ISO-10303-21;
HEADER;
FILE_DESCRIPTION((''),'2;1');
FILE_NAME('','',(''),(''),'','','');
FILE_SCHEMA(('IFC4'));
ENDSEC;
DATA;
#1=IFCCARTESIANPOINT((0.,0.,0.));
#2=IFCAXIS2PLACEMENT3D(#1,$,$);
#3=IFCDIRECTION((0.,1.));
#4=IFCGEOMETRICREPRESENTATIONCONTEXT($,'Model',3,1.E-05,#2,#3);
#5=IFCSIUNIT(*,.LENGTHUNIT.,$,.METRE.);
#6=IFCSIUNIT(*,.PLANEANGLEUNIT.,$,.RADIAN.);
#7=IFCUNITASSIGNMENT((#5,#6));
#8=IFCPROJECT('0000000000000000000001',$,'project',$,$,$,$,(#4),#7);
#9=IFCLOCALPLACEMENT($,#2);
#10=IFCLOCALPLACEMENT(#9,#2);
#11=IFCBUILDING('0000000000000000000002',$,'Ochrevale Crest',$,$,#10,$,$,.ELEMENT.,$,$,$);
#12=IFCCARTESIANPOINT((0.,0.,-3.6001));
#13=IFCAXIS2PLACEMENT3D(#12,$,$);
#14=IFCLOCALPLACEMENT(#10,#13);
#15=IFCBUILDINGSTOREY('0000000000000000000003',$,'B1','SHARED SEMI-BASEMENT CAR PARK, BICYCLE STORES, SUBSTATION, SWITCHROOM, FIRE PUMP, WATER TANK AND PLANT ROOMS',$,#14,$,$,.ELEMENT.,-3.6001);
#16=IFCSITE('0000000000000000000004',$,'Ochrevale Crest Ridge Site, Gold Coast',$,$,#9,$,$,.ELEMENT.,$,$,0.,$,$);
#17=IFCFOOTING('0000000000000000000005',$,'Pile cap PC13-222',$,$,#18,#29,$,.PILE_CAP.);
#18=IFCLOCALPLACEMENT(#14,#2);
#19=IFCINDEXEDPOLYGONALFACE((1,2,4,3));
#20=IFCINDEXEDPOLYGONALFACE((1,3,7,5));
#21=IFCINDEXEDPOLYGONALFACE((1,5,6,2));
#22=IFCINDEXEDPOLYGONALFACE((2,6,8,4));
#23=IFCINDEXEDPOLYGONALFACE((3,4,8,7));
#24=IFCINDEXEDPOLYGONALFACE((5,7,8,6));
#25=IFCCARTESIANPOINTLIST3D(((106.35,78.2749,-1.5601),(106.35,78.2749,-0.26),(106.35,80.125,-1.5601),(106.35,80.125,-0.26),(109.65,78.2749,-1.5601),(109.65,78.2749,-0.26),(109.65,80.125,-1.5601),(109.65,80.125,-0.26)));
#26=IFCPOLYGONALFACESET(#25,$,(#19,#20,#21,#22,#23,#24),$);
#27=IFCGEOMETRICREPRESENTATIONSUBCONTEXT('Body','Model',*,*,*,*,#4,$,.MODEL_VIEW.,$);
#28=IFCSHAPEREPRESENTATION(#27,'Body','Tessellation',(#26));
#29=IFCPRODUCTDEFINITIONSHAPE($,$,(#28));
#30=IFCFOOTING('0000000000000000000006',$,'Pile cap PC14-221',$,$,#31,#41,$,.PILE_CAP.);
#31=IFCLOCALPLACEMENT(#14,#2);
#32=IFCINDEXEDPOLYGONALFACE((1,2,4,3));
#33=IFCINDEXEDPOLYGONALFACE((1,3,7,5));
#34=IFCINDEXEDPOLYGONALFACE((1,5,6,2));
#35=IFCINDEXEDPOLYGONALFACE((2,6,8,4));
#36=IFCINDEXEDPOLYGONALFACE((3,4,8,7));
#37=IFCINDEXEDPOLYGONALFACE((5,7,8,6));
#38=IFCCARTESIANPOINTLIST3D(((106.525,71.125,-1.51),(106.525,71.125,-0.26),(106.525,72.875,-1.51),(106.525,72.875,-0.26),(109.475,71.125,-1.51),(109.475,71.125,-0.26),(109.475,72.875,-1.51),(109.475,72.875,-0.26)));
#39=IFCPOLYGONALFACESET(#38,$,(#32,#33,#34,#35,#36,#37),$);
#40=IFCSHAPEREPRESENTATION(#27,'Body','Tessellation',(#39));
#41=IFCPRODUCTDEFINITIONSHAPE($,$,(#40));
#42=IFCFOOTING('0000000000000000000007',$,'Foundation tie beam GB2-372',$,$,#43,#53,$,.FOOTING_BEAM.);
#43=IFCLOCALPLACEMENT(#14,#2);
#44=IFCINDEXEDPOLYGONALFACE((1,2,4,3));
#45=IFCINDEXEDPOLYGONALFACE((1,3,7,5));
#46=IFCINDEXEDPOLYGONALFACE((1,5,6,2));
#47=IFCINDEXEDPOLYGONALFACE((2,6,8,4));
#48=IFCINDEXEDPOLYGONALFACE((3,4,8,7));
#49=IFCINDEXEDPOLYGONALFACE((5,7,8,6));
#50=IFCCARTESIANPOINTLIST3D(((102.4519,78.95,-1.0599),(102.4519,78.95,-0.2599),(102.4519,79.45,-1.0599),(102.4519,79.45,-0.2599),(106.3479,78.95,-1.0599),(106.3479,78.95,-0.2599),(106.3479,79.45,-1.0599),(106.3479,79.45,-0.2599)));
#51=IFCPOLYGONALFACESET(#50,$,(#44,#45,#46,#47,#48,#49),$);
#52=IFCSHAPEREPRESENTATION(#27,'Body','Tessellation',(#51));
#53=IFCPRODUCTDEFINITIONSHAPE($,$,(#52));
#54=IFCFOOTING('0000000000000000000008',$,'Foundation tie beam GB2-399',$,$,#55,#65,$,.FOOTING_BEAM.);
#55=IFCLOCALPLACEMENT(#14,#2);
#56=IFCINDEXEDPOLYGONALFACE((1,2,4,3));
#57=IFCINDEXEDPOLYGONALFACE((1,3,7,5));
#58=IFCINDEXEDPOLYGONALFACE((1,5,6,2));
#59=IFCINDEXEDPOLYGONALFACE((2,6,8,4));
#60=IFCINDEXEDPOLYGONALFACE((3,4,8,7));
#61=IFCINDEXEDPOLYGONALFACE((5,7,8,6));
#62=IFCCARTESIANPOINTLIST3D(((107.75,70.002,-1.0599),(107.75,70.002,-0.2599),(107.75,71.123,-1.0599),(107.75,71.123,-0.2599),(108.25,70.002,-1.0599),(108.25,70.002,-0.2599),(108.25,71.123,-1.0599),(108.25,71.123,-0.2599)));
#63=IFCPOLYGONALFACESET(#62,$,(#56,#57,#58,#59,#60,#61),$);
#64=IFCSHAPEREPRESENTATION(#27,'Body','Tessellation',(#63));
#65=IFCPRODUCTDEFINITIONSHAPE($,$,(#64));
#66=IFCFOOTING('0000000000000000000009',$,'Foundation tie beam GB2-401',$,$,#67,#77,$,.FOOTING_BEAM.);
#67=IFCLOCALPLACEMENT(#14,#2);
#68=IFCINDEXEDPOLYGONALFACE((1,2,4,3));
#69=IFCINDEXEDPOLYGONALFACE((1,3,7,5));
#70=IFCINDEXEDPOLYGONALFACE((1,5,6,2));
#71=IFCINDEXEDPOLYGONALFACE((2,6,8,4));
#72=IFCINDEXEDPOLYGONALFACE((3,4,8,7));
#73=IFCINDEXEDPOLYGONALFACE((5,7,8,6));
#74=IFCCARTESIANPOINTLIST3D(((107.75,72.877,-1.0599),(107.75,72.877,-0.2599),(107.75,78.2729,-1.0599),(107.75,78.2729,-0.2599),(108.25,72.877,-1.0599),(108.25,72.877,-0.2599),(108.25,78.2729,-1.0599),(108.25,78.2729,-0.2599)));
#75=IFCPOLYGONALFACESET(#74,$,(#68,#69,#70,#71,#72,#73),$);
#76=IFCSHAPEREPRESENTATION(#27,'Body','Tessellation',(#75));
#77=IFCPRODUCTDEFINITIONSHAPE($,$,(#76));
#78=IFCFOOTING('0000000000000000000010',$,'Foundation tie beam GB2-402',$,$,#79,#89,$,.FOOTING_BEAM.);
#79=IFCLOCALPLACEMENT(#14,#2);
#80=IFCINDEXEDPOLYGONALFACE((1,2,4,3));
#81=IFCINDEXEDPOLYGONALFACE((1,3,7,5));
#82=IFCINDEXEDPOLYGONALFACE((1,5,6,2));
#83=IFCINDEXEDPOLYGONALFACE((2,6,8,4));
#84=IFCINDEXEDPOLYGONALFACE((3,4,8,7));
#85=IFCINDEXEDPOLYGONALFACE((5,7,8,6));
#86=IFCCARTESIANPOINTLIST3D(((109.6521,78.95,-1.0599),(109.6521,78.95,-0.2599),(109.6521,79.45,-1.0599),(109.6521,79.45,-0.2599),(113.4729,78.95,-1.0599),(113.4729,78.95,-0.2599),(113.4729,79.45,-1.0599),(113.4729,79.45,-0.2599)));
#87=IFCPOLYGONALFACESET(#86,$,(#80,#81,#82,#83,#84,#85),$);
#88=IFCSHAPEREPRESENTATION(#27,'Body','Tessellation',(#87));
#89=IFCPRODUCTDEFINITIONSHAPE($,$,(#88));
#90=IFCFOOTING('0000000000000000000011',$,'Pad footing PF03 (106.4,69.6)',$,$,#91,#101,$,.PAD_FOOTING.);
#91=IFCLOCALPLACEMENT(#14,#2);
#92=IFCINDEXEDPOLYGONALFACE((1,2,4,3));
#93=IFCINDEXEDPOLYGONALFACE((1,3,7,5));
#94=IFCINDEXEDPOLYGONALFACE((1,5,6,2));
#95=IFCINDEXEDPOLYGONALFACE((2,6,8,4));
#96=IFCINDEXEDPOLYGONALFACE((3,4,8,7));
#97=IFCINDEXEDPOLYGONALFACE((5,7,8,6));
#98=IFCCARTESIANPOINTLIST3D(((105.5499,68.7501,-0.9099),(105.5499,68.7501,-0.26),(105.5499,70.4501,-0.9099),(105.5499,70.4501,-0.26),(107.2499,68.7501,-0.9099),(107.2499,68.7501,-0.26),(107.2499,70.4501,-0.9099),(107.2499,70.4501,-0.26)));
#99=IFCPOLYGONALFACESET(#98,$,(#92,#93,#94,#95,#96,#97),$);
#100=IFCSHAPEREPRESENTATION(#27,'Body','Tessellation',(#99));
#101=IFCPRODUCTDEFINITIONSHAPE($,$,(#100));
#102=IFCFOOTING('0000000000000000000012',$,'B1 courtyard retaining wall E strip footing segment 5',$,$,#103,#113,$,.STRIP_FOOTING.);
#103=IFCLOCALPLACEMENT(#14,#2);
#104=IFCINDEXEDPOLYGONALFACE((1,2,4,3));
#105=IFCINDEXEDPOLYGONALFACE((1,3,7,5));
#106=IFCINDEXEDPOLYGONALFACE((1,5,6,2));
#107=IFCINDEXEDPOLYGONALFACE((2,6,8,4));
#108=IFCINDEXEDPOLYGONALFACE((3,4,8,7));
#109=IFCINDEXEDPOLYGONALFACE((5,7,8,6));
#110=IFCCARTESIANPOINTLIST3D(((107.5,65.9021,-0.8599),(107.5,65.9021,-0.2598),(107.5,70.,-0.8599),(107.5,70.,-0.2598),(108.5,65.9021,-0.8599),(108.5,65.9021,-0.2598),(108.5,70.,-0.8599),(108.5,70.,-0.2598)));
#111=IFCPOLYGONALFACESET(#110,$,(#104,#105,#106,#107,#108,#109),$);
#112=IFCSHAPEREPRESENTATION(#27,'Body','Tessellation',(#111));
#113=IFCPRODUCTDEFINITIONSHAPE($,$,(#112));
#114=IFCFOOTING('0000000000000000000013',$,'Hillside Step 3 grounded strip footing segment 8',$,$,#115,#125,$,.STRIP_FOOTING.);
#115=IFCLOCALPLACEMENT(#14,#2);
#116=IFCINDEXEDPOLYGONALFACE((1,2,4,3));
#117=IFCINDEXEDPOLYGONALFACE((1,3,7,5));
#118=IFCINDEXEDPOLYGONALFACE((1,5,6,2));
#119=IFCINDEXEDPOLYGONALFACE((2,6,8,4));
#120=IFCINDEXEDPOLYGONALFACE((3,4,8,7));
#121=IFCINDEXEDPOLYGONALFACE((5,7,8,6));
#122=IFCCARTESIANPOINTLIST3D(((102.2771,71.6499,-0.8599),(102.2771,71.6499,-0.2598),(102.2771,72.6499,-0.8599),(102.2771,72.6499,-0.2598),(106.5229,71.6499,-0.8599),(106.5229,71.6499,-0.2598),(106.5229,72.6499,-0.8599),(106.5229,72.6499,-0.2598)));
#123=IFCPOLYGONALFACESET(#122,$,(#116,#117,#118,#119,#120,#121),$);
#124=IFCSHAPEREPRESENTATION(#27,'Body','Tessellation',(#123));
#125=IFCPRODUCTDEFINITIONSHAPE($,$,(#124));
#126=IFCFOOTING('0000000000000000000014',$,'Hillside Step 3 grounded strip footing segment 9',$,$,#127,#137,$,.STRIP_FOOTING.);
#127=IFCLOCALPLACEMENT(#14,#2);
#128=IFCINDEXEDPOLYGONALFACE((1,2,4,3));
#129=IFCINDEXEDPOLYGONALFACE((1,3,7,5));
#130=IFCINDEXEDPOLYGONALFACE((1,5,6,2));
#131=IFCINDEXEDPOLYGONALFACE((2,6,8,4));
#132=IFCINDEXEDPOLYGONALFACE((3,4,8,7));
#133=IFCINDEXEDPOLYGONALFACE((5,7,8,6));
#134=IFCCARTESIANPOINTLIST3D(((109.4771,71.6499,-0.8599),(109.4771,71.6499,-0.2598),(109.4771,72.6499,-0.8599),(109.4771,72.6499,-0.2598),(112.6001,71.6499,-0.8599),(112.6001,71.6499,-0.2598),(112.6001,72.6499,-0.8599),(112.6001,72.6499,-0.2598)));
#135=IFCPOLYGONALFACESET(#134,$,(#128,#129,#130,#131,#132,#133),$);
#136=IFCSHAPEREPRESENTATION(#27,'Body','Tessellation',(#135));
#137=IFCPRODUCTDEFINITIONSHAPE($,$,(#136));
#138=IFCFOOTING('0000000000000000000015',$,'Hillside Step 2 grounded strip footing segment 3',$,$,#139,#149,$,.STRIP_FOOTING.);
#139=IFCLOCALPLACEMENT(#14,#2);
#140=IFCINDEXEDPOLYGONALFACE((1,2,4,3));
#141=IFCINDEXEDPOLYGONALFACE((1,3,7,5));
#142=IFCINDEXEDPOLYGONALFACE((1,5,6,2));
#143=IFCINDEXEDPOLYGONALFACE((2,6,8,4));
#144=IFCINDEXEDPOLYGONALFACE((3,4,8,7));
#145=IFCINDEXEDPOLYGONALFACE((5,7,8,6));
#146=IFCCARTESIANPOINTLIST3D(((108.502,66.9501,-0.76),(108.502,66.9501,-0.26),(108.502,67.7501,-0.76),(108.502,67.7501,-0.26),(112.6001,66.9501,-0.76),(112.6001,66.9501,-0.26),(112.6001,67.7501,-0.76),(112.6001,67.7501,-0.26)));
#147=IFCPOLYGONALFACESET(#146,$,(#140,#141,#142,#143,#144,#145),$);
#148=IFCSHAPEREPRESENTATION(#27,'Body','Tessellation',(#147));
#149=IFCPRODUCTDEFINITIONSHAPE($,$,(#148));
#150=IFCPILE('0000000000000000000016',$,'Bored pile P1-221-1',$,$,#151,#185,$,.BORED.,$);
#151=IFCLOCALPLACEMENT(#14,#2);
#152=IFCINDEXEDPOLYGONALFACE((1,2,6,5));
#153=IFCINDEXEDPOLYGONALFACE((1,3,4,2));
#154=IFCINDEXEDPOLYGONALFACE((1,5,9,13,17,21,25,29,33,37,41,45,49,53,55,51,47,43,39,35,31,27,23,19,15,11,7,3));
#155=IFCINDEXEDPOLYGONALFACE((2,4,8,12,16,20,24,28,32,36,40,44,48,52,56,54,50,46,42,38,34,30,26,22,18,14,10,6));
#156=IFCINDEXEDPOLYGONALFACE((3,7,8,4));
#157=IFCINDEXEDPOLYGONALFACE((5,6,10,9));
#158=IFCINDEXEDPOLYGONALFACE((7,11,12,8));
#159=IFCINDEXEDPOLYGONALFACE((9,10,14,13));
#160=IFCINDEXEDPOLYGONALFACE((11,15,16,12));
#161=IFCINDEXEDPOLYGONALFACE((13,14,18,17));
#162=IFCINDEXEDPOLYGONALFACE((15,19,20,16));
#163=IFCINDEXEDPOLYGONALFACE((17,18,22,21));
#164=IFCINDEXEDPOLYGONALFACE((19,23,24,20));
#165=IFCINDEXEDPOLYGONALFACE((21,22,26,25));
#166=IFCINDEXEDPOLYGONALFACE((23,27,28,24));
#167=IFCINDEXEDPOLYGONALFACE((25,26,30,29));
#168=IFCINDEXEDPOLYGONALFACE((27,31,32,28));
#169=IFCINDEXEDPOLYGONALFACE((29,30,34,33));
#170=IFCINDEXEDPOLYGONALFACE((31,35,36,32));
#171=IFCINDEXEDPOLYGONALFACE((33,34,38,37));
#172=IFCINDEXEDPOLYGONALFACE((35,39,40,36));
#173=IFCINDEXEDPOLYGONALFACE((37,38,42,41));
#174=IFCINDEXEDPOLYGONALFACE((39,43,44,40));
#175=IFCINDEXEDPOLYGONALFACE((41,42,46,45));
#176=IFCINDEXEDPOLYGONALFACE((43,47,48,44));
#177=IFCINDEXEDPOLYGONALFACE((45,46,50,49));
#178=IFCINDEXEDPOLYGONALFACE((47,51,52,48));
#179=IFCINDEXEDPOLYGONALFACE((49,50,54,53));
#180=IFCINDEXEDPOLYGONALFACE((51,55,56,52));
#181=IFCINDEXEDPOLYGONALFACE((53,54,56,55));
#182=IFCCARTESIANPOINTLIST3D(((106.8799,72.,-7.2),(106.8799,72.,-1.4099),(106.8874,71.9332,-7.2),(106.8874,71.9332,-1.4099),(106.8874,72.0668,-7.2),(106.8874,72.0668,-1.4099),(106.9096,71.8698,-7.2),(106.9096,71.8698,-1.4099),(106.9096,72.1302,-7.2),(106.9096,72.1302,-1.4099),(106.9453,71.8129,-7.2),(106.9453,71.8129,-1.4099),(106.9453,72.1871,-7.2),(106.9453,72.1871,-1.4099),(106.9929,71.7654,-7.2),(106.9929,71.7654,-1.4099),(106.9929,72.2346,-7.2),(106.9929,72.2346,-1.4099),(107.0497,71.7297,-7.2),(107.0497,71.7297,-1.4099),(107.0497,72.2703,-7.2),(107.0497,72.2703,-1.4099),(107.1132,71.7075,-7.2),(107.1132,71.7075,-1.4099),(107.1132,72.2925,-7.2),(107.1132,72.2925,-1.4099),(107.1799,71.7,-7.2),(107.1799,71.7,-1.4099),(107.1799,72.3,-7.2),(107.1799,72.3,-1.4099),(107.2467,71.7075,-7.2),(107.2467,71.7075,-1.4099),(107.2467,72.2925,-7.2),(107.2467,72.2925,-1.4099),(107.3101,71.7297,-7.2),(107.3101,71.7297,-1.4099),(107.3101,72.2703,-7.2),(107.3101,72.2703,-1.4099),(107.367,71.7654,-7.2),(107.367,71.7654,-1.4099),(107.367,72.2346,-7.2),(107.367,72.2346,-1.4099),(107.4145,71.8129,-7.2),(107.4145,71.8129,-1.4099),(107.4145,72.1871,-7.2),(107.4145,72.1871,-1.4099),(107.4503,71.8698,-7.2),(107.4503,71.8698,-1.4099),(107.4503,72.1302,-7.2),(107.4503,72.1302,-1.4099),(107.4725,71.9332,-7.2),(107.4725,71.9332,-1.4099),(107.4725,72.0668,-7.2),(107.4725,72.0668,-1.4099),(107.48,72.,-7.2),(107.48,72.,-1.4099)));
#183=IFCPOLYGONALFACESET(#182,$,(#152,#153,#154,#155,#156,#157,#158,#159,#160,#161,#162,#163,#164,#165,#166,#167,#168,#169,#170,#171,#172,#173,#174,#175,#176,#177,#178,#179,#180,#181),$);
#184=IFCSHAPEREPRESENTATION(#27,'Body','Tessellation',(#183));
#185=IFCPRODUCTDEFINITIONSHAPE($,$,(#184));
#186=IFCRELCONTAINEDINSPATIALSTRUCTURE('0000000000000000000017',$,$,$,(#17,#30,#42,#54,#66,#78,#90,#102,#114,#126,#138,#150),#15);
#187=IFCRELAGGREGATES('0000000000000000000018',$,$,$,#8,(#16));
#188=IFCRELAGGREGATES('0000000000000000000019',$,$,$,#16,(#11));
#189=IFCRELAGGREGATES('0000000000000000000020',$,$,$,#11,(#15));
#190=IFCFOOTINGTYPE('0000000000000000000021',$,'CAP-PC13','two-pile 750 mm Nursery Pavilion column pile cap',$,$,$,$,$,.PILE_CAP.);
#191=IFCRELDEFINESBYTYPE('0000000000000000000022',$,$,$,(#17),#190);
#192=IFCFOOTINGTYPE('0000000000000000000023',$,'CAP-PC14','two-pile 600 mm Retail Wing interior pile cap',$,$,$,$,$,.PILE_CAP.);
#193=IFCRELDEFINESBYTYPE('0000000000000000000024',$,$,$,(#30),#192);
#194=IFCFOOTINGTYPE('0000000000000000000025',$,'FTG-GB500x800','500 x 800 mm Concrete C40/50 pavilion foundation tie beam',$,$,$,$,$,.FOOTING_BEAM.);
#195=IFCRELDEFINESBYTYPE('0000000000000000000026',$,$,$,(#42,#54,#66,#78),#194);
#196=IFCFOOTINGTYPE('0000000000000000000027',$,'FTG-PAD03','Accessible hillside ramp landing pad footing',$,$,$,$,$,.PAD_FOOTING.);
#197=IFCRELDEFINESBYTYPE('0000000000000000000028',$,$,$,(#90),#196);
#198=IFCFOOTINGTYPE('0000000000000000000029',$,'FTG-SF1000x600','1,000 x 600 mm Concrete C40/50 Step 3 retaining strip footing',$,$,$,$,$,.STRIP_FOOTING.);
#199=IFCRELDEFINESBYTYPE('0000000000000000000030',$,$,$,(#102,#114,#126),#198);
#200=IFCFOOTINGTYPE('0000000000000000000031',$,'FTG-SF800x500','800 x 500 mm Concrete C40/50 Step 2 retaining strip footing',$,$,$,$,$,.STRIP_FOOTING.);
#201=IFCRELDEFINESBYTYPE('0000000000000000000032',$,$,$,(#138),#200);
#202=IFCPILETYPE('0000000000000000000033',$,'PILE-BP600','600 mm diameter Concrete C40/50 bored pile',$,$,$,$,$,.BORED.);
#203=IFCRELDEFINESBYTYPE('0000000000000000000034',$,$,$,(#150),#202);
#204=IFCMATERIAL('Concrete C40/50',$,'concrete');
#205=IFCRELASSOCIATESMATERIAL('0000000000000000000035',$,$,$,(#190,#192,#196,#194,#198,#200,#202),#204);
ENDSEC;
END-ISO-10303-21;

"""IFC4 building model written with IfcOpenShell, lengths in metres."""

from ifc_helpers import new_model, si_unit, direction, frame, origin, origin_2d, place, context, subcontext, project, spatial, rectangle, circle, extrude, material, material_profile, profile_set, type_object, element, save


model = new_model("IFC4")

# Units and contexts
model_context = context("Model", 3, precision=1e-05, world=origin(), true_north=direction((0.0, 1.0)))
body_context = subcontext(model_context, "Body", "Model", "MODEL_VIEW")
ifc_project = project(units=[si_unit("LENGTHUNIT", "METRE"), si_unit("PLANEANGLEUNIT", "RADIAN")], contexts=[model_context])

# Site, building, storey
site_placement = place(None, origin())
site = spatial("IfcSite", under=ifc_project, at=site_placement, Name="Ochrevale Crest Ridge Site, Gold Coast", CompositionType="ELEMENT", RefElevation=0.0)
building_placement = place(site_placement, origin())
building = spatial("IfcBuilding", under=site, at=building_placement, Name="Ochrevale Crest", CompositionType="ELEMENT")
storey_placement = place(building_placement, frame((0.0, 0.0, -3.6001)))
storey = spatial("IfcBuildingStorey", under=building, at=storey_placement, Name="B1", Description="SHARED SEMI-BASEMENT CAR PARK, BICYCLE STORES, SUBSTATION, SWITCHROOM, FIRE PUMP, WATER TANK AND PLANT ROOMS", CompositionType="ELEMENT", Elevation=-3.6001)

# Footings
ifc_material_1 = material(Name="Concrete C40/50", Category="concrete")
footing_type_1 = type_object("IfcFootingType", Name="CAP-PC13", Description="two-pile 750 mm Nursery Pavilion column pile cap", PredefinedType="PILE_CAP", material=ifc_material_1)
footing_1_placement = place(storey_placement, frame((108.0, 79.2, -1.5601), z_axis=(0.0, 0.0, 1.0), x_axis=(1.0, 0.0, 0.0)))
element("IfcFooting", 1, at=footing_1_placement, inside=storey, type_object=footing_type_1, Name="Pile cap PC13-222", PredefinedType="PILE_CAP", context=body_context, shape_type="SweptSolid", body=[
    extrude(rectangle(XDim=3.3, YDim=1.8501, at=origin_2d()), origin(), (0.0, 0.0, 1.0), 1.3),
])
footing_type_2 = type_object("IfcFootingType", Name="CAP-PC14", Description="two-pile 600 mm Retail Wing interior pile cap", PredefinedType="PILE_CAP", material=ifc_material_1)
footing_2_placement = place(storey_placement, frame((108.0, 72.0, -1.51), z_axis=(0.0, 0.0, 1.0), x_axis=(1.0, 0.0, 0.0)))
element("IfcFooting", 2, at=footing_2_placement, inside=storey, type_object=footing_type_2, Name="Pile cap PC14-221", PredefinedType="PILE_CAP", context=body_context, shape_type="SweptSolid", body=[
    extrude(rectangle(XDim=2.95, YDim=1.75, at=origin_2d()), origin(), (0.0, 0.0, 1.0), 1.25),
])
ifc_material_profile_1 = material_profile(ifc_material_1, rectangle(XDim=0.5, YDim=0.8, at=origin_2d()), Name="GB 500x800")
ifc_profile_set_1 = profile_set([ifc_material_profile_1], Name="Concrete C40/50")
footing_type_3 = type_object("IfcFootingType", Name="FTG-GB500x800", Description="500 x 800 mm Concrete C40/50 pavilion foundation tie beam", PredefinedType="FOOTING_BEAM", material=ifc_profile_set_1)
footing_3_placement = place(storey_placement, frame((102.4519, 79.2, -0.6599), z_axis=(1.0, 0.0, 0.0), x_axis=(0.0, 1.0, 0.0)))
element("IfcFooting", 3, at=footing_3_placement, inside=storey, type_object=footing_type_3, Name="Foundation tie beam GB2-372", PredefinedType="FOOTING_BEAM", context=body_context, shape_type="SweptSolid", body=[
    extrude(rectangle(XDim=0.5, YDim=0.8, at=origin_2d()), origin(), (0.0, 0.0, 1.0), 3.896),
])
footing_4_placement = place(storey_placement, frame((108.0, 70.002, -0.6599), z_axis=(0.0, 1.0, 0.0), x_axis=(-1.0, 0.0, 0.0)))
element("IfcFooting", 4, at=footing_4_placement, inside=storey, type_object=footing_type_3, Name="Foundation tie beam GB2-399", PredefinedType="FOOTING_BEAM", context=body_context, shape_type="SweptSolid", body=[
    extrude(rectangle(XDim=0.5, YDim=0.8, at=origin_2d()), origin(), (0.0, 0.0, 1.0), 1.1211),
])
footing_5_placement = place(storey_placement, frame((108.0, 72.877, -0.6599), z_axis=(0.0, 1.0, 0.0), x_axis=(-1.0, 0.0, 0.0)))
element("IfcFooting", 5, at=footing_5_placement, inside=storey, type_object=footing_type_3, Name="Foundation tie beam GB2-401", PredefinedType="FOOTING_BEAM", context=body_context, shape_type="SweptSolid", body=[
    extrude(rectangle(XDim=0.5, YDim=0.8, at=origin_2d()), origin(), (0.0, 0.0, 1.0), 5.396),
])
footing_6_placement = place(storey_placement, frame((109.6521, 79.2, -0.6599), z_axis=(1.0, 0.0, 0.0), x_axis=(0.0, 1.0, 0.0)))
element("IfcFooting", 6, at=footing_6_placement, inside=storey, type_object=footing_type_3, Name="Foundation tie beam GB2-402", PredefinedType="FOOTING_BEAM", context=body_context, shape_type="SweptSolid", body=[
    extrude(rectangle(XDim=0.5, YDim=0.8, at=origin_2d()), origin(), (0.0, 0.0, 1.0), 3.8208),
])
footing_type_4 = type_object("IfcFootingType", Name="FTG-PAD03", Description="Accessible hillside ramp landing pad footing", PredefinedType="PAD_FOOTING", material=ifc_material_1)
footing_7_placement = place(storey_placement, frame((106.3999, 69.6001, -0.9099), z_axis=(0.0, 0.0, 1.0), x_axis=(1.0, 0.0, 0.0)))
element("IfcFooting", 7, at=footing_7_placement, inside=storey, type_object=footing_type_4, Name="Pad footing PF03 (106.4,69.6)", PredefinedType="PAD_FOOTING", context=body_context, shape_type="SweptSolid", body=[
    extrude(rectangle(XDim=1.7, YDim=1.7, at=origin_2d()), origin(), (0.0, 0.0, 1.0), 0.6499),
])
ifc_material_profile_2 = material_profile(ifc_material_1, rectangle(XDim=1.0, YDim=0.6001, at=origin_2d()), Name="SF 1000x600")
ifc_profile_set_2 = profile_set([ifc_material_profile_2], Name="Concrete C40/50")
footing_type_5 = type_object("IfcFootingType", Name="FTG-SF1000x600", Description="1,000 x 600 mm Concrete C40/50 Step 3 retaining strip footing", PredefinedType="STRIP_FOOTING", material=ifc_profile_set_2)
footing_8_placement = place(storey_placement, frame((108.0, 65.9021, -0.5598), z_axis=(0.0, 1.0, 0.0), x_axis=(-1.0, 0.0, 0.0)))
element("IfcFooting", 8, at=footing_8_placement, inside=storey, type_object=footing_type_5, Name="B1 courtyard retaining wall E strip footing segment 5", PredefinedType="STRIP_FOOTING", context=body_context, shape_type="SweptSolid", body=[
    extrude(rectangle(XDim=1.0, YDim=0.6001, at=origin_2d()), origin(), (0.0, 0.0, 1.0), 4.0979),
])
footing_9_placement = place(storey_placement, frame((102.2771, 72.1499, -0.5598), z_axis=(1.0, 0.0, 0.0), x_axis=(0.0, 1.0, 0.0)))
element("IfcFooting", 9, at=footing_9_placement, inside=storey, type_object=footing_type_5, Name="Hillside Step 3 grounded strip footing segment 8", PredefinedType="STRIP_FOOTING", context=body_context, shape_type="SweptSolid", body=[
    extrude(rectangle(XDim=1.0, YDim=0.6001, at=origin_2d()), origin(), (0.0, 0.0, 1.0), 4.2458),
])
footing_10_placement = place(storey_placement, frame((109.4771, 72.1499, -0.5598), z_axis=(1.0, 0.0, 0.0), x_axis=(0.0, 1.0, 0.0)))
element("IfcFooting", 10, at=footing_10_placement, inside=storey, type_object=footing_type_5, Name="Hillside Step 3 grounded strip footing segment 9", PredefinedType="STRIP_FOOTING", context=body_context, shape_type="SweptSolid", body=[
    extrude(rectangle(XDim=1.0, YDim=0.6001, at=origin_2d()), origin(), (0.0, 0.0, 1.0), 3.123),
])
ifc_material_profile_3 = material_profile(ifc_material_1, rectangle(XDim=0.8, YDim=0.5, at=origin_2d()), Name="SF 800x500")
ifc_profile_set_3 = profile_set([ifc_material_profile_3], Name="Concrete C40/50")
footing_type_6 = type_object("IfcFootingType", Name="FTG-SF800x500", Description="800 x 500 mm Concrete C40/50 Step 2 retaining strip footing", PredefinedType="STRIP_FOOTING", material=ifc_profile_set_3)
footing_11_placement = place(storey_placement, frame((108.502, 67.3501, -0.51), z_axis=(1.0, 0.0, 0.0), x_axis=(0.0, 1.0, 0.0)))
element("IfcFooting", 11, at=footing_11_placement, inside=storey, type_object=footing_type_6, Name="Hillside Step 2 grounded strip footing segment 3", PredefinedType="STRIP_FOOTING", context=body_context, shape_type="SweptSolid", body=[
    extrude(rectangle(XDim=0.8, YDim=0.5, at=origin_2d()), origin(), (0.0, 0.0, 1.0), 4.0981),
])

# Pile
ifc_material_profile_4 = material_profile(ifc_material_1, circle(Radius=0.3, at=origin_2d()), Name="BORED PILE 600")
ifc_profile_set_4 = profile_set([ifc_material_profile_4], Name="Concrete C40/50")
pile_type_1 = type_object("IfcPileType", Name="PILE-BP600", Description="600 mm diameter Concrete C40/50 bored pile", PredefinedType="BORED", material=ifc_profile_set_4)
for number, where, z_axis, x_axis, name in (
    (12, (107.1799, 72.0, -1.4099), (0.0, 0.0, -1.0), (1.0, 0.0, 0.0), "Bored pile P1-221-1"),
):
    element("IfcPile", number, at=place(storey_placement, frame(where, z_axis=z_axis, x_axis=x_axis)), inside=storey, type_object=pile_type_1, Name=name, PredefinedType="BORED", context=body_context, shape_type="SweptSolid", body=[
        extrude(circle(Radius=0.3, at=origin_2d()), origin(), (0.0, 0.0, 1.0), 5.79),
    ])

save(model, "model.ifc")
